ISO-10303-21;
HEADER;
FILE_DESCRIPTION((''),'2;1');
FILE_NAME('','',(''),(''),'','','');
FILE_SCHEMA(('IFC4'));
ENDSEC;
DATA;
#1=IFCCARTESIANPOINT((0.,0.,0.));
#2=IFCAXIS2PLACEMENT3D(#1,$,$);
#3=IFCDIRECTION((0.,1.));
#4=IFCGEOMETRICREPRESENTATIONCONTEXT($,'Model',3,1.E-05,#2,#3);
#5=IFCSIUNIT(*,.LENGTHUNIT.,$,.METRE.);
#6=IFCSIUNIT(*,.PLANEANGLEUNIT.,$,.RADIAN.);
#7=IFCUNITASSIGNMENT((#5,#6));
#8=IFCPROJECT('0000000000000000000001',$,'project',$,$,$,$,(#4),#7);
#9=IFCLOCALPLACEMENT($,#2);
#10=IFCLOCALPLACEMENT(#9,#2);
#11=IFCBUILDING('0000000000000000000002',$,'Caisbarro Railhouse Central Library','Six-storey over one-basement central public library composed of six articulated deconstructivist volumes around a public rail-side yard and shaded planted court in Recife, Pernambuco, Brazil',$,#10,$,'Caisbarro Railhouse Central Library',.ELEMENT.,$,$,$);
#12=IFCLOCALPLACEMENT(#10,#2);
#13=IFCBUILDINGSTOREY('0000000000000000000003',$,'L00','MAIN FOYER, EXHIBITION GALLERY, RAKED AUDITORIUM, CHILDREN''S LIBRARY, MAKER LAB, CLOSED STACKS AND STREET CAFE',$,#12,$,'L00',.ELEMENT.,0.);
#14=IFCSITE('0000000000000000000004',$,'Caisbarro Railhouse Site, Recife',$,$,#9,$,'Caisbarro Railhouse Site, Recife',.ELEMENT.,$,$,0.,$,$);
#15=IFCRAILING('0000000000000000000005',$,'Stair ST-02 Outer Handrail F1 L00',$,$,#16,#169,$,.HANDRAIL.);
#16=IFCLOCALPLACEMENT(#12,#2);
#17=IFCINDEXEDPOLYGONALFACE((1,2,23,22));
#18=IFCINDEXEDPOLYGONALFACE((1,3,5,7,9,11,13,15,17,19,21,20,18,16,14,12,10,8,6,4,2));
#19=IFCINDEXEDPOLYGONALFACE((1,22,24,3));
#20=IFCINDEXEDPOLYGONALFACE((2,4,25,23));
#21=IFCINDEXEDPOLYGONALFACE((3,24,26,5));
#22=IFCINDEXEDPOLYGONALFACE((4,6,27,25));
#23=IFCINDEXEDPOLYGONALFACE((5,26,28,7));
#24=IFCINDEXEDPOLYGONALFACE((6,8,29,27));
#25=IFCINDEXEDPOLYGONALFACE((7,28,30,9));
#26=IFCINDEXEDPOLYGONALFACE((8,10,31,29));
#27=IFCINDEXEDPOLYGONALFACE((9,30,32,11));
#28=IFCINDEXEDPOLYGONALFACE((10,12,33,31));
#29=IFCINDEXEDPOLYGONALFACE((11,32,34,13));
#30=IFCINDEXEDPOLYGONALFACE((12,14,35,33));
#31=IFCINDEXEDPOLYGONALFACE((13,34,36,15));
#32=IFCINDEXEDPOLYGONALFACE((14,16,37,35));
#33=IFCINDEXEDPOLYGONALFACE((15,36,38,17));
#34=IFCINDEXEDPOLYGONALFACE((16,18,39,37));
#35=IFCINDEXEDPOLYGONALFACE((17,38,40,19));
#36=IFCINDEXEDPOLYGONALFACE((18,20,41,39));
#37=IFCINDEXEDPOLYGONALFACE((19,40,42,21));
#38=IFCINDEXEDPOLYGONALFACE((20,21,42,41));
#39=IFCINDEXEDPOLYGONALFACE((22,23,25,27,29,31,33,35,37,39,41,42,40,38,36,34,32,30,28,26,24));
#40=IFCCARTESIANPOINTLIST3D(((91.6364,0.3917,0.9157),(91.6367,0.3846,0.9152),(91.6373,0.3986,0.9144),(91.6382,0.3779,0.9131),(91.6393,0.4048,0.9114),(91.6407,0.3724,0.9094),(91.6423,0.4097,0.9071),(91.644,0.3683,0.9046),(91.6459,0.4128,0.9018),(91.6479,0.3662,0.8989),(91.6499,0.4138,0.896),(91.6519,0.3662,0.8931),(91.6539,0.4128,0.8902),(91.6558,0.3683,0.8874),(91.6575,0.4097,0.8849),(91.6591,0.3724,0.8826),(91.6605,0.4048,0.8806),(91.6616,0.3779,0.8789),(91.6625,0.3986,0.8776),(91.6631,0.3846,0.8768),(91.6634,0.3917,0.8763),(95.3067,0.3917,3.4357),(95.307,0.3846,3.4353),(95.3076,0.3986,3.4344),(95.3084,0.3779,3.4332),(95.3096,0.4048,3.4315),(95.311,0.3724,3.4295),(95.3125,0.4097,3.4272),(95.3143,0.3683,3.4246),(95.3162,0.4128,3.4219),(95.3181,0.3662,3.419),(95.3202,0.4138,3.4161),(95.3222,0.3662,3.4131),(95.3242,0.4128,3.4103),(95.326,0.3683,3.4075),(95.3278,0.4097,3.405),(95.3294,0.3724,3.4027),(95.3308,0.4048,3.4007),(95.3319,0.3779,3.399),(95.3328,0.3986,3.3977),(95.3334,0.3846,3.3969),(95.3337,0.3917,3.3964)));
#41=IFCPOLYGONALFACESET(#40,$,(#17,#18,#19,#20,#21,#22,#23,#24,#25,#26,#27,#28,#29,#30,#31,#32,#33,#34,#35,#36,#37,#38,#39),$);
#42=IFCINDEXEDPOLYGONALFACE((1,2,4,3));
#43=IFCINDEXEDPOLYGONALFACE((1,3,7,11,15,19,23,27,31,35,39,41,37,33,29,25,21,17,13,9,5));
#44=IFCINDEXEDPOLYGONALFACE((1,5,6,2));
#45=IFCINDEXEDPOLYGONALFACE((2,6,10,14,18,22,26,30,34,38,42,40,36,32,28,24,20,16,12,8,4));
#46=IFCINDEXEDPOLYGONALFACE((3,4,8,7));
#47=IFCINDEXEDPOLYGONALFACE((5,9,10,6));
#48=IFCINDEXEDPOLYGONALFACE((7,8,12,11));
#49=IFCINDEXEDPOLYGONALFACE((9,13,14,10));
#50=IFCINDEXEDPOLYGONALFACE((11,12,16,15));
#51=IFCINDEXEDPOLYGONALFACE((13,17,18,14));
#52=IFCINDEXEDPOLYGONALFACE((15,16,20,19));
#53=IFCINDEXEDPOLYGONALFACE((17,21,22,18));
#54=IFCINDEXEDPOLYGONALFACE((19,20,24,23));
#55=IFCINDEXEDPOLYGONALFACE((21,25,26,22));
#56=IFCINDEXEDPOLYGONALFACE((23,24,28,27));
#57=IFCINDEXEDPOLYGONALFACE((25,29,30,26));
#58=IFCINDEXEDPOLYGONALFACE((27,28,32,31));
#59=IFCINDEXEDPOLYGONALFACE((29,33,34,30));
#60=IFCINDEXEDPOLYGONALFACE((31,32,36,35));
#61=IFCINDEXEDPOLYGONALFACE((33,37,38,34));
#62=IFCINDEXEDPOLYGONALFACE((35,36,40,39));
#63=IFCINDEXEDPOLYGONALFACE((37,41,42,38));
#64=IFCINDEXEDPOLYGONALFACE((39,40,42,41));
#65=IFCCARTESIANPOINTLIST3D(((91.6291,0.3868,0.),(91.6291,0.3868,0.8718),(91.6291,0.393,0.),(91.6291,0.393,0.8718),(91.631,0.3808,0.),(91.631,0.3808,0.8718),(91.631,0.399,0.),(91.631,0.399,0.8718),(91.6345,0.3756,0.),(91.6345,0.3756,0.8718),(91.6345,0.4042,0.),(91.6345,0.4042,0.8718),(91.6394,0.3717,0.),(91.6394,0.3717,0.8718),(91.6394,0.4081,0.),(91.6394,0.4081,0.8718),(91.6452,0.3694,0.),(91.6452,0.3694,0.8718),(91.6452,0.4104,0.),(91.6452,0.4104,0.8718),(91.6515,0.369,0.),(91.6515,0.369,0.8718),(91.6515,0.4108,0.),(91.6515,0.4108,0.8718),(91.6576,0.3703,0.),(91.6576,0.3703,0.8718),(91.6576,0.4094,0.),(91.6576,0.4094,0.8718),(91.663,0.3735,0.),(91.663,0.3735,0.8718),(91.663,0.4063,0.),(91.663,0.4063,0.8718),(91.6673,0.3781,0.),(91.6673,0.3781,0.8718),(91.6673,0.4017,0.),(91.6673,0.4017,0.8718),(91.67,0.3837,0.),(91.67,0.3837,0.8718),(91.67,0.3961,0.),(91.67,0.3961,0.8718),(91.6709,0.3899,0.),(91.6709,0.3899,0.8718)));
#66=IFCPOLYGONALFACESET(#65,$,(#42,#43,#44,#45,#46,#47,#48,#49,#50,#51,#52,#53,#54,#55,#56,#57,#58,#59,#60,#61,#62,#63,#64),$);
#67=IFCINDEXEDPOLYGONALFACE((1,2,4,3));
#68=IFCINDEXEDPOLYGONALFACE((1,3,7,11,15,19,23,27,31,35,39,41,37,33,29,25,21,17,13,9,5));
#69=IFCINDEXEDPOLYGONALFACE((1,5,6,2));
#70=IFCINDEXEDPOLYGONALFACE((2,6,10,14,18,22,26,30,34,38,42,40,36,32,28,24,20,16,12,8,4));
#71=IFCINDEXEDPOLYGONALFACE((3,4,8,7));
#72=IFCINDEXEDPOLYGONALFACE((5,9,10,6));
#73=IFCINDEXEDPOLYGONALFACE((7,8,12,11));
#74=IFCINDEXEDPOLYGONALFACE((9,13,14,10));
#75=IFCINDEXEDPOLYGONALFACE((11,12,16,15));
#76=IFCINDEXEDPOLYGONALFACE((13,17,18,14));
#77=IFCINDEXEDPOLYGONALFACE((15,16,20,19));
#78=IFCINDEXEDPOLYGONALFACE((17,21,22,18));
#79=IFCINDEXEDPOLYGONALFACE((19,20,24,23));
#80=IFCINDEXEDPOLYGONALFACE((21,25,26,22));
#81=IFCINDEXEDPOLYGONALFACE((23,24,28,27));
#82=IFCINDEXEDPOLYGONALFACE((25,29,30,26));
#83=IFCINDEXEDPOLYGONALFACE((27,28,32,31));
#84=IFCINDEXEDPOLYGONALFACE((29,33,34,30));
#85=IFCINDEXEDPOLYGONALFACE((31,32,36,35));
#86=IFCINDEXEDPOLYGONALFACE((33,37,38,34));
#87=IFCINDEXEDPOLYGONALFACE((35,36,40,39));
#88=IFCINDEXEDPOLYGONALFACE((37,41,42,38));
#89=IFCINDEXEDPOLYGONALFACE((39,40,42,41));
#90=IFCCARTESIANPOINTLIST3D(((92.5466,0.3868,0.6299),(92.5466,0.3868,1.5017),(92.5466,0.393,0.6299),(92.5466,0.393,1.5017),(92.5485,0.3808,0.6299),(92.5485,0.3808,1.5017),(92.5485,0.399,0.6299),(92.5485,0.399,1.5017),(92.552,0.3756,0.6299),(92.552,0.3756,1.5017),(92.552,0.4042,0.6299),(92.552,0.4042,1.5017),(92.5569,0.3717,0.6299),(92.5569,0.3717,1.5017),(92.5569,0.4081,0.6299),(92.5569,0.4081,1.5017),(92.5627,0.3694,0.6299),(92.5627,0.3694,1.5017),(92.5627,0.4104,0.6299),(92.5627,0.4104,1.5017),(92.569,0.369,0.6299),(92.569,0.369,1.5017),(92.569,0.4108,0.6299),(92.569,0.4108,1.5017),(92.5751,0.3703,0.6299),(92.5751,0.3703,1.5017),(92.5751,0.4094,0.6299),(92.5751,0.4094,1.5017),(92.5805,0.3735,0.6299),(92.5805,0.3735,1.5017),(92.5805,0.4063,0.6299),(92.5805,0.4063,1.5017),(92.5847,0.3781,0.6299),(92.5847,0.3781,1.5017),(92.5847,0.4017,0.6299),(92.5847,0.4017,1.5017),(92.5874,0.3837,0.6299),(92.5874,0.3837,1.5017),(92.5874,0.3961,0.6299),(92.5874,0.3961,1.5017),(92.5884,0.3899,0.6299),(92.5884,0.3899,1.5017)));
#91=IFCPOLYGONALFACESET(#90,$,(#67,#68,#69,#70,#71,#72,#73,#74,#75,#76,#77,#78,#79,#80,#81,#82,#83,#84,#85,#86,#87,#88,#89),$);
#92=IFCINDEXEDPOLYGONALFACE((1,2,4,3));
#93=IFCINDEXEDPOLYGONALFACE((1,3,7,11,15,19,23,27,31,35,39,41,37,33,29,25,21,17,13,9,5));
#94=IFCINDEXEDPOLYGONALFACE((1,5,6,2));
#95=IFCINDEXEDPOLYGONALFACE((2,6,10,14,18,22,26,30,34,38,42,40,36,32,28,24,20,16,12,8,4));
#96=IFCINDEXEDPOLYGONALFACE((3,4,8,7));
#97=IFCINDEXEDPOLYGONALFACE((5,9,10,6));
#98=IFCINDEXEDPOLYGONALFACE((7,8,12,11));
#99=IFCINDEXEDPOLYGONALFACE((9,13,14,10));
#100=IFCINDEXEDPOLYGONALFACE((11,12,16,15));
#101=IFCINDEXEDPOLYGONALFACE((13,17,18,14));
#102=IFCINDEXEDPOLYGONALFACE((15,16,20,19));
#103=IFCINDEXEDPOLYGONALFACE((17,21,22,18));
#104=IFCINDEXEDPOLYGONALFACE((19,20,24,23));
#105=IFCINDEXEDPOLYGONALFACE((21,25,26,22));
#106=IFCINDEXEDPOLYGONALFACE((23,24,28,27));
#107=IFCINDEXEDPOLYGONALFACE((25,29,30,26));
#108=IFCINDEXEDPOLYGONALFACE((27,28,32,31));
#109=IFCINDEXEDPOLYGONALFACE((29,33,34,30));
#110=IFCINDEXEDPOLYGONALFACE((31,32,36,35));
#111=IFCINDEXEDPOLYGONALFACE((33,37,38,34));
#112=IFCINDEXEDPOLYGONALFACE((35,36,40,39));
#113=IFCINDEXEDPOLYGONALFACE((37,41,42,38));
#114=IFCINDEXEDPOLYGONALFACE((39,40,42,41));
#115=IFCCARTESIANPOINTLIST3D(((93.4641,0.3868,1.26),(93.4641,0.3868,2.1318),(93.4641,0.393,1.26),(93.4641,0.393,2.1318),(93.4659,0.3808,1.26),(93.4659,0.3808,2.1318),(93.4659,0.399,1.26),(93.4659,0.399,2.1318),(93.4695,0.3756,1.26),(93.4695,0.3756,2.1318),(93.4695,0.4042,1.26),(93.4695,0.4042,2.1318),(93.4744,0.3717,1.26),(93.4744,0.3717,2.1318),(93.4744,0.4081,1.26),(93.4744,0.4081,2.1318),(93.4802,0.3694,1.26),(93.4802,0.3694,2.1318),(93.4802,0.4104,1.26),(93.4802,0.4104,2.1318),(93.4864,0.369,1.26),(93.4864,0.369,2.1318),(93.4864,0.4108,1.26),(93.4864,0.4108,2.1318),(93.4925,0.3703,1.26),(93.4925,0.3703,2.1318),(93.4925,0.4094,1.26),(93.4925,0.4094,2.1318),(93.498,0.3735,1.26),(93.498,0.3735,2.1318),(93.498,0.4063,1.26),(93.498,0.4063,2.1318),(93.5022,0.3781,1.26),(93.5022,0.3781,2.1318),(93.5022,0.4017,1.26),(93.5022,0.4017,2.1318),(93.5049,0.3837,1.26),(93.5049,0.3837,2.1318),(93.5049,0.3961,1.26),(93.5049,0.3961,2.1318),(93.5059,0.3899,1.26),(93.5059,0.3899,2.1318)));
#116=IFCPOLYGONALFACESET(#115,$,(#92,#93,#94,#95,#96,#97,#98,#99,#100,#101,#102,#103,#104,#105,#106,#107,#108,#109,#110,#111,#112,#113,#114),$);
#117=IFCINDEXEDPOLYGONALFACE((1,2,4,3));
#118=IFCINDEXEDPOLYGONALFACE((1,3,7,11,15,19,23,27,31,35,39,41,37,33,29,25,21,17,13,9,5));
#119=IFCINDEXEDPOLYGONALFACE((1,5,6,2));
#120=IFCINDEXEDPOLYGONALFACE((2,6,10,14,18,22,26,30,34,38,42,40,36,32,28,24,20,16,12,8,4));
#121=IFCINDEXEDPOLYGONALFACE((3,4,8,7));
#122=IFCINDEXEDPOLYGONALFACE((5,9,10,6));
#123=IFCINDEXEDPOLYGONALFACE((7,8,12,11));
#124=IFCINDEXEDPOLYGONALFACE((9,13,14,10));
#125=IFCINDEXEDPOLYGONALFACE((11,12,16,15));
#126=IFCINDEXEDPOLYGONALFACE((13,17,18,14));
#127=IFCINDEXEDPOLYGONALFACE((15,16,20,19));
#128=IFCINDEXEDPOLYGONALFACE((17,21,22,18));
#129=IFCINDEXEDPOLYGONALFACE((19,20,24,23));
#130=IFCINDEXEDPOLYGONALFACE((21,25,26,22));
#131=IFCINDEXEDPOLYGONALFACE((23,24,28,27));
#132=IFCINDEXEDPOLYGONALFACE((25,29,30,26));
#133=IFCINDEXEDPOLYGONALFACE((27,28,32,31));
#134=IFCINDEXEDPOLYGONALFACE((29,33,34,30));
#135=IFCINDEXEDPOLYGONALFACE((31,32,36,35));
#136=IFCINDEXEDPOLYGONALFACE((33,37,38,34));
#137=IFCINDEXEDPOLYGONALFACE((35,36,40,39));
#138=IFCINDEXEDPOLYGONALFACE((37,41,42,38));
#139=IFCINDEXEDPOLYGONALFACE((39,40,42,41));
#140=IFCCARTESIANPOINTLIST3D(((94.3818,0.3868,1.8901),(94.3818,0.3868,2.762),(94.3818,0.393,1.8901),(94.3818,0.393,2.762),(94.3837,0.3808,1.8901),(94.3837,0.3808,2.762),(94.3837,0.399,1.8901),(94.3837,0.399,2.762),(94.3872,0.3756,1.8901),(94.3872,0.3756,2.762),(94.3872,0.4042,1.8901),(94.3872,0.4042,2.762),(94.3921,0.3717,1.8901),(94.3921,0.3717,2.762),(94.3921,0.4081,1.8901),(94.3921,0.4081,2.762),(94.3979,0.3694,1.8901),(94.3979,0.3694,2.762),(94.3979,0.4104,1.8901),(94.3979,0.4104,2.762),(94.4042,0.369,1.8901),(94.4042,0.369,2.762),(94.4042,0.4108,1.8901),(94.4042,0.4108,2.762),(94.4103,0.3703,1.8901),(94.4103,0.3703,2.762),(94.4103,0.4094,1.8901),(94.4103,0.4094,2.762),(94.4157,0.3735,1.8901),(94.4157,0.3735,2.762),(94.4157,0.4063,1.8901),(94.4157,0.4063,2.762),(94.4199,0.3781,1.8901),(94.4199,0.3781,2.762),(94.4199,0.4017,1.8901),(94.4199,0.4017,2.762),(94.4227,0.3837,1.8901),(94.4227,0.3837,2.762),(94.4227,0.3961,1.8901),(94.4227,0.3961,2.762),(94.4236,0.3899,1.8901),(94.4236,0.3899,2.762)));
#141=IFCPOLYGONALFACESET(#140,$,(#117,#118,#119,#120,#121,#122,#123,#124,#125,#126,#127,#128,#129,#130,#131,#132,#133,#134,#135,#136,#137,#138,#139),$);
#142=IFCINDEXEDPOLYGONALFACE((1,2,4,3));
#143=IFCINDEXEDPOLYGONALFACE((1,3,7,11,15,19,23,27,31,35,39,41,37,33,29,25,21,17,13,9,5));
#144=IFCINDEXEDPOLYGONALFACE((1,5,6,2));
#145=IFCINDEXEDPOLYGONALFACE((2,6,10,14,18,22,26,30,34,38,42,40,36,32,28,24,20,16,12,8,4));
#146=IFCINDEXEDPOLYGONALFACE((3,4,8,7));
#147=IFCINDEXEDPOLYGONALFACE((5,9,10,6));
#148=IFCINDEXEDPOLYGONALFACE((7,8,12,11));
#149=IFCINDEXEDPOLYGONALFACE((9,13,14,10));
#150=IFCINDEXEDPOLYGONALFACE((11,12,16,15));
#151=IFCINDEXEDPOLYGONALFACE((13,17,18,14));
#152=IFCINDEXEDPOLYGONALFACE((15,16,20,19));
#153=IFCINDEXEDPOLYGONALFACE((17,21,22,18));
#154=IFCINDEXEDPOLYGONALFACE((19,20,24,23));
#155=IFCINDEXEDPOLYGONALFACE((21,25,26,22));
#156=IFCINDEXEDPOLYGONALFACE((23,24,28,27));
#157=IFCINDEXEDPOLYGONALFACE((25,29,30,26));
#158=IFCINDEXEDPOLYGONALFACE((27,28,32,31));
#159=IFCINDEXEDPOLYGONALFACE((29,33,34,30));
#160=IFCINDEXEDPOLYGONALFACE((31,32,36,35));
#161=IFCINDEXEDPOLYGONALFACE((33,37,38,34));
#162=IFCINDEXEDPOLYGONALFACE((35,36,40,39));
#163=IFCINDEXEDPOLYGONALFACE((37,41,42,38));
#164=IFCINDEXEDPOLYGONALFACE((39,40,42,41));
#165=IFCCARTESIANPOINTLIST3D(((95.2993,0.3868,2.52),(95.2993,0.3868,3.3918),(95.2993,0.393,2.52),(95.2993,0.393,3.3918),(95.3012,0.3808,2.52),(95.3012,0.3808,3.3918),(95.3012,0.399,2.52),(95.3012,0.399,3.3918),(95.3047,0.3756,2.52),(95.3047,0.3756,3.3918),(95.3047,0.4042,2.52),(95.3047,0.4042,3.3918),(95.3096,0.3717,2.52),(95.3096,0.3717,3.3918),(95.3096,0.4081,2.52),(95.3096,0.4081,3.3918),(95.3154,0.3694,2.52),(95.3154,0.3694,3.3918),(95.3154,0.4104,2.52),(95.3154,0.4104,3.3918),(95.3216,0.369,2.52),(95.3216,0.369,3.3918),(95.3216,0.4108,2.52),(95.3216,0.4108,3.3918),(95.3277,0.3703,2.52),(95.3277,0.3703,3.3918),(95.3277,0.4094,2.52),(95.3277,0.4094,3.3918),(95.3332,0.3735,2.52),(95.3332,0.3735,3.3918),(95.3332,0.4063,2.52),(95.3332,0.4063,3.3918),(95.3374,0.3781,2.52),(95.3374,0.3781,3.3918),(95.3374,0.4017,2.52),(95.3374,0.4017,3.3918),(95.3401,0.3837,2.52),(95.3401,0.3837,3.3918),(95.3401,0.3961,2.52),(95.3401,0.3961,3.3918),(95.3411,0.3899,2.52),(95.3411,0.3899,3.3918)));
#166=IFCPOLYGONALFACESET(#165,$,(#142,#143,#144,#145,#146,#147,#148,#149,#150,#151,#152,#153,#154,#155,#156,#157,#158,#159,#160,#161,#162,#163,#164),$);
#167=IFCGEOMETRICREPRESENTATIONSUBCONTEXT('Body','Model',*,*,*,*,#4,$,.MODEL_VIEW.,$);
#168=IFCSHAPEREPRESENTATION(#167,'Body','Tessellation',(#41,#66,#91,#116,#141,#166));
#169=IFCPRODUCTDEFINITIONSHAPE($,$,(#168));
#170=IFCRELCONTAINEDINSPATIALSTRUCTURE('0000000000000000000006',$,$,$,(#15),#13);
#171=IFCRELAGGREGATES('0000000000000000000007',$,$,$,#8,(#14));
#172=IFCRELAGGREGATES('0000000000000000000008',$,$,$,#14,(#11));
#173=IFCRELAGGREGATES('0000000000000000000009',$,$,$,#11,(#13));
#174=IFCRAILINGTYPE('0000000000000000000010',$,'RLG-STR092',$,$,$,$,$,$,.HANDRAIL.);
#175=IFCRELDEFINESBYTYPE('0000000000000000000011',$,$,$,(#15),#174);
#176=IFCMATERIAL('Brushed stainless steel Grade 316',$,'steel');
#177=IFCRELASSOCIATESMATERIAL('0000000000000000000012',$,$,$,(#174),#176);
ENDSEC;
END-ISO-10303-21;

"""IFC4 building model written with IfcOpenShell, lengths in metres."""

from ifc_helpers import new_model, si_unit, direction, frame, origin, origin_2d, place, context, subcontext, project, spatial, circle, extrude, material, type_object, element, save


model = new_model("IFC4")

# Units and contexts
model_context = context("Model", 3, precision=1e-05, world=origin(), true_north=direction((0.0, 1.0)))
body_context = subcontext(model_context, "Body", "Model", "MODEL_VIEW")
ifc_project = project(units=[si_unit("LENGTHUNIT", "METRE"), si_unit("PLANEANGLEUNIT", "RADIAN")], contexts=[model_context])

# Site, building, storey
site_placement = place(None, origin())
site = spatial("IfcSite", under=ifc_project, at=site_placement, Name="Caisbarro Railhouse Site, Recife", LongName="Caisbarro Railhouse Site, Recife", CompositionType="ELEMENT", RefElevation=0.0)
building_placement = place(site_placement, origin())
building = spatial("IfcBuilding", under=site, at=building_placement, Name="Caisbarro Railhouse Central Library", Description="Six-storey over one-basement central public library composed of six articulated deconstructivist volumes around a public rail-side yard and shaded planted court in Recife, Pernambuco, Brazil", LongName="Caisbarro Railhouse Central Library", CompositionType="ELEMENT")
storey_placement = place(building_placement, origin())
storey = spatial("IfcBuildingStorey", under=building, at=storey_placement, Name="L00", Description="MAIN FOYER, EXHIBITION GALLERY, RAKED AUDITORIUM, CHILDREN'S LIBRARY, MAKER LAB, CLOSED STACKS AND STREET CAFE", LongName="L00", CompositionType="ELEMENT", Elevation=0.0)

# Railing
ifc_material_1 = material(Name="Brushed stainless steel Grade 316", Category="steel")
railing_type_1 = type_object("IfcRailingType", Name="RLG-STR092", PredefinedType="HANDRAIL", material=ifc_material_1)
railing_1_placement = place(storey_placement, frame((91.6499, 0.3899, 0.0)))
element("IfcRailing", 1, at=railing_1_placement, inside=storey, type_object=railing_type_1, Name="Stair ST-02 Outer Handrail F1 L00", PredefinedType="HANDRAIL", context=body_context, shape_type="SweptSolid", body=[
    extrude(circle(Radius=0.0239, at=origin_2d()), frame((0.0, 0.0, 0.896), z_axis=(0.824379, 0.0, 0.566038), x_axis=(0.0, 1.0, 0.0)), (0.0, 0.0, 1.0), 4.4521),
    extrude(circle(Radius=0.021, at=origin_2d()), origin(), (0.0, 0.0, 1.0), 0.8718),
    extrude(circle(Radius=0.021, at=origin_2d()), frame((0.9175, 0.0, 0.6299)), (0.0, 0.0, 1.0), 0.8718),
    extrude(circle(Radius=0.021, at=origin_2d()), frame((1.835, 0.0, 1.26)), (0.0, 0.0, 1.0), 0.8718),
    extrude(circle(Radius=0.021, at=origin_2d()), frame((2.7527, 0.0, 1.8901)), (0.0, 0.0, 1.0), 0.8718),
    extrude(circle(Radius=0.021, at=origin_2d()), frame((3.6702, 0.0, 2.52)), (0.0, 0.0, 1.0), 0.8718),
])

save(model, "model.ifc")
